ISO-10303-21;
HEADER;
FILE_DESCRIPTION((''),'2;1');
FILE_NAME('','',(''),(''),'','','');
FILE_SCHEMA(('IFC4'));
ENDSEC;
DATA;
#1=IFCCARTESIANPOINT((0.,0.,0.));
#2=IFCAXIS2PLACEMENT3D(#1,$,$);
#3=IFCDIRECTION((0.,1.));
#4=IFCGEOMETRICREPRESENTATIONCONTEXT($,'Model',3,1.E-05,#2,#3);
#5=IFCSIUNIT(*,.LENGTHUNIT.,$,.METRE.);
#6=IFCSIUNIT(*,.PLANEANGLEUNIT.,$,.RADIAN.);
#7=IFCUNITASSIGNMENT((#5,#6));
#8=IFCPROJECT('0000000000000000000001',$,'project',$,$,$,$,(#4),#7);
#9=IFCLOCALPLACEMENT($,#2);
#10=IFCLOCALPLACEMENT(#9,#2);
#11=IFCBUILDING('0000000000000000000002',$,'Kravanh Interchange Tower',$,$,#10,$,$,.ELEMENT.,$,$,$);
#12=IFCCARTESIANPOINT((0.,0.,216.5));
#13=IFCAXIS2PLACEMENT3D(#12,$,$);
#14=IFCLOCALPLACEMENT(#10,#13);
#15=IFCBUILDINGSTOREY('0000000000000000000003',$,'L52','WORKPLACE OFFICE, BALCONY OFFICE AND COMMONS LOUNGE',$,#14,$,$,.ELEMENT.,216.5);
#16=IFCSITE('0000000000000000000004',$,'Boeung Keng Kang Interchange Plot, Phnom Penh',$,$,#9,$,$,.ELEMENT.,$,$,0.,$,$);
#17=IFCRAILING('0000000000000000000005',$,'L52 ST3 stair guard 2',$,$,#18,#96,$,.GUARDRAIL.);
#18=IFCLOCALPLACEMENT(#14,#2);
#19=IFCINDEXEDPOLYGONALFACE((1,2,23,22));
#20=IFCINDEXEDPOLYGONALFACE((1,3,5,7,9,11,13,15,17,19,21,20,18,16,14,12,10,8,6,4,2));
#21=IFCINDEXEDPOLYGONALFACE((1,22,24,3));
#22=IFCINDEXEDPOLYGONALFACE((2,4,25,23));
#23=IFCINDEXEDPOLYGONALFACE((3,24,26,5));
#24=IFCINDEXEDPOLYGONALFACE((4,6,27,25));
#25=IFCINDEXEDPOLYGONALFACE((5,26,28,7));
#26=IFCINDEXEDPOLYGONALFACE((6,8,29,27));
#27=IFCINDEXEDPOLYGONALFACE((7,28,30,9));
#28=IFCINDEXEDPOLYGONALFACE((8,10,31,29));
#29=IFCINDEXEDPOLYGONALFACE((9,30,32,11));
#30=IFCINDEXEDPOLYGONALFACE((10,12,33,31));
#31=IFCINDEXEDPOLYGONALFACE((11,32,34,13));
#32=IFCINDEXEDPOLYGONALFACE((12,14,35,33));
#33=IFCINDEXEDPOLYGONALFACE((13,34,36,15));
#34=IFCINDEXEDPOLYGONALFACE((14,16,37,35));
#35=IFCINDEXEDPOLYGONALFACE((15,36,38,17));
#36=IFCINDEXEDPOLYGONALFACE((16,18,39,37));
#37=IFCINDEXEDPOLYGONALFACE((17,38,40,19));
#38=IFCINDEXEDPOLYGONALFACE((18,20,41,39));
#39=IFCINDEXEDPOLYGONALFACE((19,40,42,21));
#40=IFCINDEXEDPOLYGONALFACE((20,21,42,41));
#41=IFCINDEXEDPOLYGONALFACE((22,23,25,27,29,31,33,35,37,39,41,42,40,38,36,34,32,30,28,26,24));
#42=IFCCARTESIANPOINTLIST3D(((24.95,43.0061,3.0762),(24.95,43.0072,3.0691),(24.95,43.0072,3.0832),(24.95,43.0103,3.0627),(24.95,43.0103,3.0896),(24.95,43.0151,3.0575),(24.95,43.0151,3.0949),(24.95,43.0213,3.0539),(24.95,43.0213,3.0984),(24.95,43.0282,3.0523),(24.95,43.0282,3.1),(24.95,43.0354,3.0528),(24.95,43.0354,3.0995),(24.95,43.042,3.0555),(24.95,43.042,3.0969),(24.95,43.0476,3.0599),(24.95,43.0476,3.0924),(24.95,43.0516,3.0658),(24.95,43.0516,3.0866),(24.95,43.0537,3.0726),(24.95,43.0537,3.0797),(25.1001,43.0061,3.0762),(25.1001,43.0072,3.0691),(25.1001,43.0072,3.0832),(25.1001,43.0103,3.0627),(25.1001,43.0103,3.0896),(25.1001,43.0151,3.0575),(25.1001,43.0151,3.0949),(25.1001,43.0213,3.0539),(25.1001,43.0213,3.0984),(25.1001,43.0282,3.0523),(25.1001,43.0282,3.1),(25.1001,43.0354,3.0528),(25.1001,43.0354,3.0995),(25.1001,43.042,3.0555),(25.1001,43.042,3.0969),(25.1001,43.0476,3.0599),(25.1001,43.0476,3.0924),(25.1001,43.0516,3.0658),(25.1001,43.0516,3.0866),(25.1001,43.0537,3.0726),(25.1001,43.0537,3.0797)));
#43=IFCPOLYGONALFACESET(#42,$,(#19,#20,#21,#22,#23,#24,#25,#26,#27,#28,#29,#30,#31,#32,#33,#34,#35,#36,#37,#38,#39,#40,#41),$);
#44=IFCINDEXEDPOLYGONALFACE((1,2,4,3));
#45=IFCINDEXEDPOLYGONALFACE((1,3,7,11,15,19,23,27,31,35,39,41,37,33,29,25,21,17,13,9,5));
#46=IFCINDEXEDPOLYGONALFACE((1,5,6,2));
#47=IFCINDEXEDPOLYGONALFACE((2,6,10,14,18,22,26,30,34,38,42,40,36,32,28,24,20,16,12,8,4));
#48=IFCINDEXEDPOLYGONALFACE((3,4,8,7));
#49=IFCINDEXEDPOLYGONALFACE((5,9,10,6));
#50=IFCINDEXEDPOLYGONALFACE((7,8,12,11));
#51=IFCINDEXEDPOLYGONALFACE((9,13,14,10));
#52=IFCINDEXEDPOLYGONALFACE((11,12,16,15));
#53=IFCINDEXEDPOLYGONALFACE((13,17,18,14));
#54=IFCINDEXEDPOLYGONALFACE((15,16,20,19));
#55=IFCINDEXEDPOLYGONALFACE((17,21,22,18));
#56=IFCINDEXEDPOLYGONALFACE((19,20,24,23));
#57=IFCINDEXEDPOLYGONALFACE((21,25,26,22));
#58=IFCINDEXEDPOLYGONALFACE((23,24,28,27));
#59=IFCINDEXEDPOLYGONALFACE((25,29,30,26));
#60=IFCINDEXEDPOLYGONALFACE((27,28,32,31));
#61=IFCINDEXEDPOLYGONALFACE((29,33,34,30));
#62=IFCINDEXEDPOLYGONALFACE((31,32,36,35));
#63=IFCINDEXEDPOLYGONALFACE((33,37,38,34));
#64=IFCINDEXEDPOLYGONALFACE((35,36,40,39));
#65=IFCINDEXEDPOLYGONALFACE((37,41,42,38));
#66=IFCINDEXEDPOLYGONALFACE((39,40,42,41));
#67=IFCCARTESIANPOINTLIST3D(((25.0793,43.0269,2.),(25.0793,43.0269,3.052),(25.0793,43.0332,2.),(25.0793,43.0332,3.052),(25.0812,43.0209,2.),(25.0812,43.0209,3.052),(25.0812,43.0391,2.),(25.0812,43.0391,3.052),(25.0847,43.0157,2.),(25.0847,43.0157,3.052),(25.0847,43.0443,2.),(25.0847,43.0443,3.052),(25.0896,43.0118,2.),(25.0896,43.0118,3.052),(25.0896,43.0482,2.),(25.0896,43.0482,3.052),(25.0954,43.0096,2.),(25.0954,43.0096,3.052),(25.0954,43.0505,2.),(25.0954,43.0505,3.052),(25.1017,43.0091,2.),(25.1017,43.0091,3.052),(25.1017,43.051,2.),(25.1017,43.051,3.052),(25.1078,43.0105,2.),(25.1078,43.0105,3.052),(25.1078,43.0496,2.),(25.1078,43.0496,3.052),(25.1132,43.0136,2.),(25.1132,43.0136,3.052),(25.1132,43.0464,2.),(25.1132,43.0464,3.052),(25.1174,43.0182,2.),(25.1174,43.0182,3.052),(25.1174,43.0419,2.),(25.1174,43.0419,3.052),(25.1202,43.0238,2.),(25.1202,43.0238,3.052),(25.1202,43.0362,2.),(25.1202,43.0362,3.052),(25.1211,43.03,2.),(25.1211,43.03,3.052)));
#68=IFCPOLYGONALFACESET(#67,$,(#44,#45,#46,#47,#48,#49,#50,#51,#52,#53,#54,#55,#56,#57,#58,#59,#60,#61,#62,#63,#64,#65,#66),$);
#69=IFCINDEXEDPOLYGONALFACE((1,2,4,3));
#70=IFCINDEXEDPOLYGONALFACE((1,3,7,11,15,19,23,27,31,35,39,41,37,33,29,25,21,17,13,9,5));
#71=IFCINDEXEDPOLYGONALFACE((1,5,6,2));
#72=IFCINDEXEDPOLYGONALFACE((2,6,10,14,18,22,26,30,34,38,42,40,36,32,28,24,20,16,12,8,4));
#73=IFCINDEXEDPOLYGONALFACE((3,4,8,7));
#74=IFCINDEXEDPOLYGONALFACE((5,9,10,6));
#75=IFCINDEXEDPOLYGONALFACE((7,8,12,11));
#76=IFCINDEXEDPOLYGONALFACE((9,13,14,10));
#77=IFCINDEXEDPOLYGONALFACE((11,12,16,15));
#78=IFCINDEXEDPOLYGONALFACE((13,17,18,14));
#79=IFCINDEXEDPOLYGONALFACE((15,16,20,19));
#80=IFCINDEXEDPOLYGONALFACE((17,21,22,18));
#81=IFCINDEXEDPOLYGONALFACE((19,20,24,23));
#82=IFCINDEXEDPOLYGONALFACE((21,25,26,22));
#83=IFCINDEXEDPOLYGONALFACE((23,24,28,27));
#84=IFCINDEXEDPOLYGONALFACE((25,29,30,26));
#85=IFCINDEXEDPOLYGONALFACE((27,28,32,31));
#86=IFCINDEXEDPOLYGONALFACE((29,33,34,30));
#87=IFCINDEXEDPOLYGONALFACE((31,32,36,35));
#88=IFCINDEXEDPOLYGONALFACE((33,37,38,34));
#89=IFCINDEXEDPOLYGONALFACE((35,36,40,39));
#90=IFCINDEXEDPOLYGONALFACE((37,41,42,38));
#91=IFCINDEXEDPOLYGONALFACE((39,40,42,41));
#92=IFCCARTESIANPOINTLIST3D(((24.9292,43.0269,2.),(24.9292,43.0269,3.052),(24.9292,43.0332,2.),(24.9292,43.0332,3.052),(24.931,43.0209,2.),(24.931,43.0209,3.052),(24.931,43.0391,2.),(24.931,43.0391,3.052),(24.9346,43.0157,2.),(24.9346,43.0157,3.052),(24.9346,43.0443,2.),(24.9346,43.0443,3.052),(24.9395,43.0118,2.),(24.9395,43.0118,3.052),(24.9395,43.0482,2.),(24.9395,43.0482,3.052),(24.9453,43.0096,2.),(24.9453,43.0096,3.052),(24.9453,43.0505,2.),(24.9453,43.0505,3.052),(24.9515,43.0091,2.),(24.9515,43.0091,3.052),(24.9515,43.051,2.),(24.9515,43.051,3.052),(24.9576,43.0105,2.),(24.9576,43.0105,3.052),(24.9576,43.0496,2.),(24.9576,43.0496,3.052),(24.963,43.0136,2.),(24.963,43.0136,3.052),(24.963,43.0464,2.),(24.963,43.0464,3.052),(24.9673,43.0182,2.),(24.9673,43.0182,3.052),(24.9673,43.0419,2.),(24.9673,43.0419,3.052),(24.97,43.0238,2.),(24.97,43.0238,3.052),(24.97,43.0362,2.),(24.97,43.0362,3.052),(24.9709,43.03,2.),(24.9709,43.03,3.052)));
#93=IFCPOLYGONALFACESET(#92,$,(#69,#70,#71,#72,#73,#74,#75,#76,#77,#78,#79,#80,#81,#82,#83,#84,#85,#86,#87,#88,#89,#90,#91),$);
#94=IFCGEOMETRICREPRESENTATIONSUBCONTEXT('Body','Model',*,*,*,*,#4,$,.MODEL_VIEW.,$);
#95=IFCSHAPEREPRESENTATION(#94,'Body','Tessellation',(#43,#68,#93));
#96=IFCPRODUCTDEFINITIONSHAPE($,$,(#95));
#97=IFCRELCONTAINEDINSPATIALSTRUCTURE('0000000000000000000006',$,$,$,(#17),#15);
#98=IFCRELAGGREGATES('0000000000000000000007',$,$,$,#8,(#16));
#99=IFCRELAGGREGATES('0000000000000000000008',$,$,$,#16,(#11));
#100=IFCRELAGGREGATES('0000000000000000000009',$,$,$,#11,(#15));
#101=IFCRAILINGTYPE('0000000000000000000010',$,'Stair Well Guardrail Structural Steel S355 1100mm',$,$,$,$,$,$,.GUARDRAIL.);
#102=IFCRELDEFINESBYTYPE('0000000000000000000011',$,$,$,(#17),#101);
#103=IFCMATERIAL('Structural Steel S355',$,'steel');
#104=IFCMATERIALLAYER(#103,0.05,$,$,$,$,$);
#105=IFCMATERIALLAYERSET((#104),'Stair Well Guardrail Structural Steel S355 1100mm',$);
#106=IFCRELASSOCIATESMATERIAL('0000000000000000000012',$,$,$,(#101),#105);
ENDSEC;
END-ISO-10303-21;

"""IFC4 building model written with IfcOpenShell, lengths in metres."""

from ifc_helpers import new_model, si_unit, direction, frame, origin, origin_2d, place, context, subcontext, project, spatial, circle, extrude, material, layer, layer_set, type_object, element, save


model = new_model("IFC4")

# Units and contexts
model_context = context("Model", 3, precision=1e-05, world=origin(), true_north=direction((0.0, 1.0)))
body_context = subcontext(model_context, "Body", "Model", "MODEL_VIEW")
ifc_project = project(units=[si_unit("LENGTHUNIT", "METRE"), si_unit("PLANEANGLEUNIT", "RADIAN")], contexts=[model_context])

# Site, building, storey
site_placement = place(None, origin())
site = spatial("IfcSite", under=ifc_project, at=site_placement, Name="Boeung Keng Kang Interchange Plot, Phnom Penh", CompositionType="ELEMENT", RefElevation=0.0)
building_placement = place(site_placement, origin())
building = spatial("IfcBuilding", under=site, at=building_placement, Name="Kravanh Interchange Tower", CompositionType="ELEMENT")
storey_placement = place(building_placement, frame((0.0, 0.0, 216.5)))
storey = spatial("IfcBuildingStorey", under=building, at=storey_placement, Name="L52", Description="WORKPLACE OFFICE, BALCONY OFFICE AND COMMONS LOUNGE", CompositionType="ELEMENT", Elevation=216.5)

# Railing
ifc_material_1 = material(Name="Structural Steel S355", Category="steel")
ifc_layer_1 = layer(ifc_material_1, 0.05)
ifc_layer_set_1 = layer_set([ifc_layer_1], Name="Stair Well Guardrail Structural Steel S355 1100mm")
railing_type_1 = type_object("IfcRailingType", Name="Stair Well Guardrail Structural Steel S355 1100mm", PredefinedType="GUARDRAIL", material=ifc_layer_set_1)
railing_1_placement = place(storey_placement, frame((25.1001, 43.03, 2.0)))
element("IfcRailing", 1, at=railing_1_placement, inside=storey, type_object=railing_type_1, Name="L52 ST3 stair guard 2", PredefinedType="GUARDRAIL", context=body_context, shape_type="SweptSolid", body=[
    extrude(circle(Radius=0.0239, at=origin_2d()), frame((0.0, 0.0, 1.0762), z_axis=(-1.0, 0.0, 0.0), x_axis=(0.0, -1.0, 0.0)), (0.0, 0.0, 1.0), 0.1501),
    extrude(circle(Radius=0.021, at=origin_2d()), origin(), (0.0, 0.0, 1.0), 1.052),
    extrude(circle(Radius=0.021, at=origin_2d()), frame((-0.1501, 0.0, 0.0)), (0.0, 0.0, 1.0), 1.052),
])

save(model, "model.ifc")
